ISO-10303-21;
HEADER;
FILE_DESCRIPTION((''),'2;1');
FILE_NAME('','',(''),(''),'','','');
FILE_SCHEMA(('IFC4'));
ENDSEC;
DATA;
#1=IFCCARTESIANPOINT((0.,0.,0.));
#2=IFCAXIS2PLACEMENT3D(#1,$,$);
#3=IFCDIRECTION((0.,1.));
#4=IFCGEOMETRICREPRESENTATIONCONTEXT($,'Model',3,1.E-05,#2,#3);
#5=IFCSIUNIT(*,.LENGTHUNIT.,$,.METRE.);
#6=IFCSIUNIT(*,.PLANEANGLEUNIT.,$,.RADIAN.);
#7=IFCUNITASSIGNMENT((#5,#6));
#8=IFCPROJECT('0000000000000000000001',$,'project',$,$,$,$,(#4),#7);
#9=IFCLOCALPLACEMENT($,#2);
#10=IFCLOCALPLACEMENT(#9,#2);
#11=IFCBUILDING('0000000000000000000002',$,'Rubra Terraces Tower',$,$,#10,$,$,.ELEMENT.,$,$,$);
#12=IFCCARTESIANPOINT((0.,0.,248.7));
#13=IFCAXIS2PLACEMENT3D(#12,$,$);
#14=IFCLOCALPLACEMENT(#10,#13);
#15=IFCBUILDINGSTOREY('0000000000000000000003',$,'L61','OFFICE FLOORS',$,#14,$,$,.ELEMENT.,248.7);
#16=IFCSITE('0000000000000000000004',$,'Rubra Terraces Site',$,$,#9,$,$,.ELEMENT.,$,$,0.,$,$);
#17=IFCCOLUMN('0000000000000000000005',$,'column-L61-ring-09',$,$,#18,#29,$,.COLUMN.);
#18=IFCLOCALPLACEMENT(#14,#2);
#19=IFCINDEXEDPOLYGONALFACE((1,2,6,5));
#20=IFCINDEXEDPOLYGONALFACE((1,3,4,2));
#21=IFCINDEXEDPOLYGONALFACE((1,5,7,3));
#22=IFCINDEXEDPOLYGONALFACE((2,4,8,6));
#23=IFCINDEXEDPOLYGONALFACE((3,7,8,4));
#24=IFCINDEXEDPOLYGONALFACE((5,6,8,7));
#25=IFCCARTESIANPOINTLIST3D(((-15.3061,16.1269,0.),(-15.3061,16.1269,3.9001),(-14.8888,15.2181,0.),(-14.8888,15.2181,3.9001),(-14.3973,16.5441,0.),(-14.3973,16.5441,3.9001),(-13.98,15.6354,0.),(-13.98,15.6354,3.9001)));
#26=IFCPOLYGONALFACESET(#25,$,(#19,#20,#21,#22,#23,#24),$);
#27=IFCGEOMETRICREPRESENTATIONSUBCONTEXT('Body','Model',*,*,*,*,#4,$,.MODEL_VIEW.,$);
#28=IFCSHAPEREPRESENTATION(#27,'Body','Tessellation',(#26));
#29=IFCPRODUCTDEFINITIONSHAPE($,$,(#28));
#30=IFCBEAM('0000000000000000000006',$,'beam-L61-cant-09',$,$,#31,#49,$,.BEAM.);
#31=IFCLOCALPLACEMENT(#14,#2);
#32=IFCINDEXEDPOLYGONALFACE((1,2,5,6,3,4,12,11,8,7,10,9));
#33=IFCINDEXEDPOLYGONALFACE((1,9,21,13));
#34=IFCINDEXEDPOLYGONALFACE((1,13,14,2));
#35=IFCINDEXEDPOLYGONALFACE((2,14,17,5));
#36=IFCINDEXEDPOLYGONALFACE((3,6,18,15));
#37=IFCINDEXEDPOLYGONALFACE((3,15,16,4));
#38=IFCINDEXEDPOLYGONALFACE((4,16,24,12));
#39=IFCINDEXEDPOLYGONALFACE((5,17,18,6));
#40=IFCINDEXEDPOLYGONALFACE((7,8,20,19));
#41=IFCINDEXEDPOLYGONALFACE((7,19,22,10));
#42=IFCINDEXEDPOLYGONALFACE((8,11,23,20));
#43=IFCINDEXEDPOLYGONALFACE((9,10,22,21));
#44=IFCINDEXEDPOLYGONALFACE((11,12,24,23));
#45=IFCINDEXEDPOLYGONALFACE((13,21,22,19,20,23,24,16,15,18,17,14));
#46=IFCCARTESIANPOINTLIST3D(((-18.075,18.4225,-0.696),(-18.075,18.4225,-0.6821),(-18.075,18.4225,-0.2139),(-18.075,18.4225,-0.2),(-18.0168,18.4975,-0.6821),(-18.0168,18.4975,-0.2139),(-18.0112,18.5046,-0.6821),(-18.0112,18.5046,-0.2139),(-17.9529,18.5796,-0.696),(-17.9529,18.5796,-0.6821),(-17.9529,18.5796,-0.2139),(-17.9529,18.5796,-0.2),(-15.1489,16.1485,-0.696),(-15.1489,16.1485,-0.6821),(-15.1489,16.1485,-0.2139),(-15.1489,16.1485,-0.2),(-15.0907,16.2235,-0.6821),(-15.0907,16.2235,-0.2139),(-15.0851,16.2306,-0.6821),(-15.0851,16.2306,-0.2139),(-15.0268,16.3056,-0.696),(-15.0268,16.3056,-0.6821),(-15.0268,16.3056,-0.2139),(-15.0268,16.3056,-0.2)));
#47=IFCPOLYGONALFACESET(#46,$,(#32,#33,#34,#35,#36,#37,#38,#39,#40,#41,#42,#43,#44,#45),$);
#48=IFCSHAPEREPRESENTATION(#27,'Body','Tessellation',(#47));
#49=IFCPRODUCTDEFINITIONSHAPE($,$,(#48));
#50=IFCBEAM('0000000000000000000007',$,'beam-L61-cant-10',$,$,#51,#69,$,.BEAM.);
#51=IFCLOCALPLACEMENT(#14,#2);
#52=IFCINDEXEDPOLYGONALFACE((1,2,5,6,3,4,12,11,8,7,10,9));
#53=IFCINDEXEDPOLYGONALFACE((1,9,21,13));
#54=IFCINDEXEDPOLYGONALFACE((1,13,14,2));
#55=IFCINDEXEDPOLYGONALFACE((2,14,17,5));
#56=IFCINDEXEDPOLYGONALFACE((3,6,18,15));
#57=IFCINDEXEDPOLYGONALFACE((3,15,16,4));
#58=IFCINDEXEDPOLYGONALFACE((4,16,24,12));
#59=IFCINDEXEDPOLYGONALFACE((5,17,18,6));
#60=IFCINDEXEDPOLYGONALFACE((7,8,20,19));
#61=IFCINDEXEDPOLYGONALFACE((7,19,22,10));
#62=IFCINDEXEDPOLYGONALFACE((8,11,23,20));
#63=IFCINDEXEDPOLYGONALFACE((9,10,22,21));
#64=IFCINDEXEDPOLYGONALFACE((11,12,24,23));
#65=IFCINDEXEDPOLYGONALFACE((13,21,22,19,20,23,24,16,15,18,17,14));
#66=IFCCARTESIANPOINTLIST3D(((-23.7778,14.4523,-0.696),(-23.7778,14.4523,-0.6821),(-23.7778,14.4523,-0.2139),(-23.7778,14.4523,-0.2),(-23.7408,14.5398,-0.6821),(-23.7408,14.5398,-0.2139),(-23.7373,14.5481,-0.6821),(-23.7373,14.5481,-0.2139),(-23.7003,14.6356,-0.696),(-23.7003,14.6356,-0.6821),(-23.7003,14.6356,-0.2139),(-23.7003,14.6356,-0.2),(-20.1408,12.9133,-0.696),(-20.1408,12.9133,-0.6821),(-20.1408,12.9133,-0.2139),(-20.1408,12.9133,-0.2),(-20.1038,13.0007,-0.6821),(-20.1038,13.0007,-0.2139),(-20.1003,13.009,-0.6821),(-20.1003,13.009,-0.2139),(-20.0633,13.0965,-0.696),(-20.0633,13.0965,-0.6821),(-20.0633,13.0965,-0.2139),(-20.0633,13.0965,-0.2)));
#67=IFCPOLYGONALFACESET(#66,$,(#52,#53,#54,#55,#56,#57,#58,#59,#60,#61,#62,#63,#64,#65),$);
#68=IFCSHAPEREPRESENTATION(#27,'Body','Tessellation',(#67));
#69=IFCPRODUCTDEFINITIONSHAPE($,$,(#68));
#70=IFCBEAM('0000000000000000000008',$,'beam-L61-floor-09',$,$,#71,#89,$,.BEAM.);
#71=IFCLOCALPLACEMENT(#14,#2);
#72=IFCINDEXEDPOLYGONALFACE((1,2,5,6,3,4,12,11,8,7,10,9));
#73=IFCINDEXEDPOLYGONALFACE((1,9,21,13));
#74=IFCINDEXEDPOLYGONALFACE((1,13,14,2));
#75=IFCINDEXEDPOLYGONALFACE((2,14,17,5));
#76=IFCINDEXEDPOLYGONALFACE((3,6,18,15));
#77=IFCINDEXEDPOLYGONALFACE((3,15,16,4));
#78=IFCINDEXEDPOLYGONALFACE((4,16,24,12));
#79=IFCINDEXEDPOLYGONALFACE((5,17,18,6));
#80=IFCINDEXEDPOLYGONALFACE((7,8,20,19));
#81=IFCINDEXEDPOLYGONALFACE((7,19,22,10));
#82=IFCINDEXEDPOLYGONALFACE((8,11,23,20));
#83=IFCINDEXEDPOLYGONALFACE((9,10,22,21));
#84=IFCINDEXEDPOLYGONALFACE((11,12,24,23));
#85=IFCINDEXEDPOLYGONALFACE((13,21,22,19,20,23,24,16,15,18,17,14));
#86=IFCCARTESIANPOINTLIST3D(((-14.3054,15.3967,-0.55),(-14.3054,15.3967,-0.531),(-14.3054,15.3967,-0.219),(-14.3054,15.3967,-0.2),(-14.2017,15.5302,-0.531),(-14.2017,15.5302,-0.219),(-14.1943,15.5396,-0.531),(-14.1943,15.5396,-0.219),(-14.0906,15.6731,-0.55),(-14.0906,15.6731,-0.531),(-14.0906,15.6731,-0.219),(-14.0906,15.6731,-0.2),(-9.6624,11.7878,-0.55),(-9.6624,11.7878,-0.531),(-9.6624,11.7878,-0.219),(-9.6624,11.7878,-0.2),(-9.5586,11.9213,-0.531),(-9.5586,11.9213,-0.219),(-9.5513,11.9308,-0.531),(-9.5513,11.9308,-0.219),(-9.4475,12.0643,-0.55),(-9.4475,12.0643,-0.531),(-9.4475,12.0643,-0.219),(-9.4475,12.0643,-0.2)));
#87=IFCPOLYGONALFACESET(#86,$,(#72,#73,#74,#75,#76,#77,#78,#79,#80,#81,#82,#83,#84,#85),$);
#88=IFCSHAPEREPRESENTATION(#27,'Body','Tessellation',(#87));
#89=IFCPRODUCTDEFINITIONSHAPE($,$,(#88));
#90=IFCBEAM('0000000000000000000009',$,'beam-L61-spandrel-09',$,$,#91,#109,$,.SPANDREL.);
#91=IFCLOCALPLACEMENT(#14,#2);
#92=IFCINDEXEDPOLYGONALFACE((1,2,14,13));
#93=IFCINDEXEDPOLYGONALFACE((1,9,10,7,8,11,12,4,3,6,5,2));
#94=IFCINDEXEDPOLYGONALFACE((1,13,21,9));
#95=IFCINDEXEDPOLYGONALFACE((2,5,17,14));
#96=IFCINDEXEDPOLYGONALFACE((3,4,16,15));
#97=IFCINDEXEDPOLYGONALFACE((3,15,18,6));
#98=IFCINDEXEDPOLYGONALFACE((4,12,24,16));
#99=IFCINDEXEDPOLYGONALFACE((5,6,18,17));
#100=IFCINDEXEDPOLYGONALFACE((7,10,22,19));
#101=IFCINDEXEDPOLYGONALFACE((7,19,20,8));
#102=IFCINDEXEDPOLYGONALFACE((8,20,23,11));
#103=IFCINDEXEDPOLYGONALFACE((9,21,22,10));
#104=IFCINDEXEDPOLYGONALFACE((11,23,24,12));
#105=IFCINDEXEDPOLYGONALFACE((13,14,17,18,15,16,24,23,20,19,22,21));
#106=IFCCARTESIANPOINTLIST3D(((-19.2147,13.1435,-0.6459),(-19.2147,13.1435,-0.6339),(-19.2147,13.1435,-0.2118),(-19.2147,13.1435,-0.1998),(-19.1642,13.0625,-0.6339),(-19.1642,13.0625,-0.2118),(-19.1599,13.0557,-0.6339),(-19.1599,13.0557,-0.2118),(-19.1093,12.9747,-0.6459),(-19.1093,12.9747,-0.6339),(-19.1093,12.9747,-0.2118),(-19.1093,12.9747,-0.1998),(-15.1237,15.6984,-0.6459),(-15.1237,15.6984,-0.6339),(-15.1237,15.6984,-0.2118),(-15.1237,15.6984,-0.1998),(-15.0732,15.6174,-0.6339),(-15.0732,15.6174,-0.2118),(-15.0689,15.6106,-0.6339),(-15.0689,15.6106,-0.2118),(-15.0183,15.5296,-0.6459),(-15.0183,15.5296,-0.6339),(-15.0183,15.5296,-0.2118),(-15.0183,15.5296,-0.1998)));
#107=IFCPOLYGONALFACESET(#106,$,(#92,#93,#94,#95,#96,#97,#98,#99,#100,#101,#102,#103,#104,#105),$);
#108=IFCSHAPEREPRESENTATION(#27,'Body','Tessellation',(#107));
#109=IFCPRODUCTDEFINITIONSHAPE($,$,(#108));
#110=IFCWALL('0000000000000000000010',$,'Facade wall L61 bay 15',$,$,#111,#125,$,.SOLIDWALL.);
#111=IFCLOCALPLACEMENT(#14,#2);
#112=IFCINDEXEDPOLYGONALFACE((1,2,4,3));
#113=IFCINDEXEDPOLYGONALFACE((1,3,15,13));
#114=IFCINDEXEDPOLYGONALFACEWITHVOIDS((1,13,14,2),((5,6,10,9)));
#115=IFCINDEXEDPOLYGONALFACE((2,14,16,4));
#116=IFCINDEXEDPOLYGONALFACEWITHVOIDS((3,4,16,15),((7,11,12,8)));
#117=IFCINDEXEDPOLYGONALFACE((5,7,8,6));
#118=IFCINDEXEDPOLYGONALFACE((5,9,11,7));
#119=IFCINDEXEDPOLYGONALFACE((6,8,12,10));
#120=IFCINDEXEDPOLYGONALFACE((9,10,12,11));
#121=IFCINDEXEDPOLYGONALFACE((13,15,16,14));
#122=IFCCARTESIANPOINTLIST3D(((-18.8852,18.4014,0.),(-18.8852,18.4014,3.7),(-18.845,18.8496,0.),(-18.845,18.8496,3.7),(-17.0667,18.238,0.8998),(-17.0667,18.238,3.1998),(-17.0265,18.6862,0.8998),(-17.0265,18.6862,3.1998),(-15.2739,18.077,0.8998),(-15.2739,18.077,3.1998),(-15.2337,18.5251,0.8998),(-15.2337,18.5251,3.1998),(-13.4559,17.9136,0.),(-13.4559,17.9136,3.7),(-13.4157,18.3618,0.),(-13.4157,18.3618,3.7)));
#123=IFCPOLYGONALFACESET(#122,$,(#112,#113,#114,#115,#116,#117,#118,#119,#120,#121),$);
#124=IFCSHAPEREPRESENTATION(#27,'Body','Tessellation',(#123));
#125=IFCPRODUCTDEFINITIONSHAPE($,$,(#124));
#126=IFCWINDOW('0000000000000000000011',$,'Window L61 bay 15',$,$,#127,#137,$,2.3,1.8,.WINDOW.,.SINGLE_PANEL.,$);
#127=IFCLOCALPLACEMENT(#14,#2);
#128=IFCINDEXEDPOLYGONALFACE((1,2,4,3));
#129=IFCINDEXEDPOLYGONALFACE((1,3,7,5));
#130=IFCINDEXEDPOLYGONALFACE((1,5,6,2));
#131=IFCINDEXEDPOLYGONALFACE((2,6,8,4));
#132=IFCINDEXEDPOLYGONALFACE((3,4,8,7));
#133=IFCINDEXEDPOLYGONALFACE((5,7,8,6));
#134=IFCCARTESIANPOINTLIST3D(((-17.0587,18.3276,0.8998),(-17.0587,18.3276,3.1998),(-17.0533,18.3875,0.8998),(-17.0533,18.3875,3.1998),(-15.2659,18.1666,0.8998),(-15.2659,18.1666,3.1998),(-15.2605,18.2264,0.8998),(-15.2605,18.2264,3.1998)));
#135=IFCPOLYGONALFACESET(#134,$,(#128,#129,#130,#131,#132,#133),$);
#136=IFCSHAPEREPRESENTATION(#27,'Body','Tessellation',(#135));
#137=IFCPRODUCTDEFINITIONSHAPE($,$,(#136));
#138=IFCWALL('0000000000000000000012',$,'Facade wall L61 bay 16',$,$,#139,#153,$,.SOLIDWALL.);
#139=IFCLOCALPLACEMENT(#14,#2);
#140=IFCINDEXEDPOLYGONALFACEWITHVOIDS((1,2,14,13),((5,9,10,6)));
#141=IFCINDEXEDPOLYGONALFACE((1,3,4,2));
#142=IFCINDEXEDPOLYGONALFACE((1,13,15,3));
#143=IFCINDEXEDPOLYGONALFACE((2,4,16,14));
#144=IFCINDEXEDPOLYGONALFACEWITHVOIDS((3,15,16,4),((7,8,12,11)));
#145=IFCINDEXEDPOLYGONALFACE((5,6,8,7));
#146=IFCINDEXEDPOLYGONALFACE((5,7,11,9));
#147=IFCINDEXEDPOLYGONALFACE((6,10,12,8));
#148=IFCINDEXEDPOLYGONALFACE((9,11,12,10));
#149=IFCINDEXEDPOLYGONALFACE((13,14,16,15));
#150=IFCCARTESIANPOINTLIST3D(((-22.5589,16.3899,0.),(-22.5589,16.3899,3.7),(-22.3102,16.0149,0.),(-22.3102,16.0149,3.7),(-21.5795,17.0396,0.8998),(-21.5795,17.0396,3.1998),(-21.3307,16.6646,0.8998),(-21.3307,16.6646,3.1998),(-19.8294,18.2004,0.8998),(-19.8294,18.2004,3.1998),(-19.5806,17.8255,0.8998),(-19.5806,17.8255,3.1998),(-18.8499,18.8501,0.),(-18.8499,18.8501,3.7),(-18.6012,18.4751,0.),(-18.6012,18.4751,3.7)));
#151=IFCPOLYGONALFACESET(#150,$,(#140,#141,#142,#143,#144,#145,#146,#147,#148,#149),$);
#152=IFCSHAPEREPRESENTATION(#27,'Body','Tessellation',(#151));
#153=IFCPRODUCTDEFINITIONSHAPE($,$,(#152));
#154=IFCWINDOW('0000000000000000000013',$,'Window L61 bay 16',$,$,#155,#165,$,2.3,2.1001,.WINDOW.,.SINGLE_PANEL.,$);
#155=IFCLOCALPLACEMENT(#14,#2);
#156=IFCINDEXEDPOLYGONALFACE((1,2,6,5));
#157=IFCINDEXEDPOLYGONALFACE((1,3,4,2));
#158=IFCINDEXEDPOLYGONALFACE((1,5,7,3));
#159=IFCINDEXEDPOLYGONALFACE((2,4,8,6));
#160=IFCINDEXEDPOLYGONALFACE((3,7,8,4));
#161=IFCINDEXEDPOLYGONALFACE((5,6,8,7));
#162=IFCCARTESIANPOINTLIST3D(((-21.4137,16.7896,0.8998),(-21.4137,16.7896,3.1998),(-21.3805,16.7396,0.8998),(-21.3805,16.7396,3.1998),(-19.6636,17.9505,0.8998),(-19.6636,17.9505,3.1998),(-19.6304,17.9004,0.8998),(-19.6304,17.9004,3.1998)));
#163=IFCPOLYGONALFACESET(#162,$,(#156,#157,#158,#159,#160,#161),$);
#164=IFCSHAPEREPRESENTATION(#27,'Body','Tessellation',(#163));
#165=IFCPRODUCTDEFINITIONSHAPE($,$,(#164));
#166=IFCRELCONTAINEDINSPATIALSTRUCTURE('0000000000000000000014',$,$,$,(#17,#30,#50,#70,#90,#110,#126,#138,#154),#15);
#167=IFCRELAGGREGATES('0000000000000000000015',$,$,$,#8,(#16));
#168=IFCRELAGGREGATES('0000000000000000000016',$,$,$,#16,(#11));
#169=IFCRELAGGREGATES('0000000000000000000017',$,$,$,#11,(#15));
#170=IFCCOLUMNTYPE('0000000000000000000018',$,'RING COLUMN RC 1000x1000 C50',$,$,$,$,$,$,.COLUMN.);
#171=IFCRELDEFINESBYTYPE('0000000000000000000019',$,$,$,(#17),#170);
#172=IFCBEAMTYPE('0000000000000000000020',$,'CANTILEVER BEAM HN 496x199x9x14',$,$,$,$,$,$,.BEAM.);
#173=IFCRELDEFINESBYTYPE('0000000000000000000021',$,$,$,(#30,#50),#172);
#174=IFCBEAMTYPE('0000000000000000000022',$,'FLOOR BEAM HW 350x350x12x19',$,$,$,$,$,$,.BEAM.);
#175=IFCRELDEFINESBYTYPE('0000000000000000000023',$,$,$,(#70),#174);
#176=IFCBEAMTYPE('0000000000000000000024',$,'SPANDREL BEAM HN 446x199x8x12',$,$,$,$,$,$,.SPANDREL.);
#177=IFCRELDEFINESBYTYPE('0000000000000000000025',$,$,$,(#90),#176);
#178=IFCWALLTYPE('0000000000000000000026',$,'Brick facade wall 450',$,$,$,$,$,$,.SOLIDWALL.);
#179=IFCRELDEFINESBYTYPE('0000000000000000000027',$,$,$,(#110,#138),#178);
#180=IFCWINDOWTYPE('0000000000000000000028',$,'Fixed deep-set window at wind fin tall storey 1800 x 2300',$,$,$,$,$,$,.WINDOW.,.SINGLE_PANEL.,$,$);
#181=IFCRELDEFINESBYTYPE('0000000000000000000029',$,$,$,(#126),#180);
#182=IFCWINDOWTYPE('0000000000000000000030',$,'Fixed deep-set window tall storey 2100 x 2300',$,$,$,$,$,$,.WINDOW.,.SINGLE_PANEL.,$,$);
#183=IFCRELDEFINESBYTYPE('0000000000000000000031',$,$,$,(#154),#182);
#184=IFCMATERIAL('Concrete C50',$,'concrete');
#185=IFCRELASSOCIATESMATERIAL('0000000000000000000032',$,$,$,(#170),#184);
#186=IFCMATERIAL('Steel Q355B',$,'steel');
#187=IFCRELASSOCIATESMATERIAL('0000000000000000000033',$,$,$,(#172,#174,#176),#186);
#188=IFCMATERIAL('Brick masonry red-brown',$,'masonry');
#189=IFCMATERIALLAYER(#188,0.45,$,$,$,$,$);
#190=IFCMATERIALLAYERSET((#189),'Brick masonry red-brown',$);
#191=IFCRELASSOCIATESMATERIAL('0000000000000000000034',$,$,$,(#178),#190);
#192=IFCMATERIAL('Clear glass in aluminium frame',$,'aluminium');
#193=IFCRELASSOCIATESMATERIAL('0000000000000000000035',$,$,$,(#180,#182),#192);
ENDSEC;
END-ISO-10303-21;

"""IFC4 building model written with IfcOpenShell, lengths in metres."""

from ifc_helpers import new_model, si_unit, direction, frame, frame_2d, origin, origin_2d, place, context, subcontext, project, spatial, rectangle, i_section, extrude, material, layer, layer_set, material_profile, profile_set, type_object, element, fill, save


model = new_model("IFC4")

# Units and contexts
model_context = context("Model", 3, precision=1e-05, world=origin(), true_north=direction((0.0, 1.0)))
body_context = subcontext(model_context, "Body", "Model", "MODEL_VIEW")
ifc_project = project(units=[si_unit("LENGTHUNIT", "METRE"), si_unit("PLANEANGLEUNIT", "RADIAN")], contexts=[model_context])

# Site, building, storey
site_placement = place(None, origin())
site = spatial("IfcSite", under=ifc_project, at=site_placement, Name="Rubra Terraces Site", CompositionType="ELEMENT", RefElevation=0.0)
building_placement = place(site_placement, origin())
building = spatial("IfcBuilding", under=site, at=building_placement, Name="Rubra Terraces Tower", CompositionType="ELEMENT")
storey_placement = place(building_placement, frame((0.0, 0.0, 248.7)))
storey = spatial("IfcBuildingStorey", under=building, at=storey_placement, Name="L61", Description="OFFICE FLOORS", CompositionType="ELEMENT", Elevation=248.7)

# Column
ifc_material_1 = material(Name="Concrete C50", Category="concrete")
ifc_material_profile_1 = material_profile(ifc_material_1, rectangle(XDim=1.0, YDim=1.0, at=origin_2d()), Name="RC 1000x1000")
ifc_profile_set_1 = profile_set([ifc_material_profile_1], Name="Concrete C50")
column_type = type_object("IfcColumnType", Name="RING COLUMN RC 1000x1000 C50", PredefinedType="COLUMN", material=ifc_profile_set_1)
column_placement = place(storey_placement, frame((-14.6431, 15.8811, 0.0), z_axis=(0.0, 0.0, 1.0), x_axis=(-0.908779, -0.417279, 0.0)))
element("IfcColumn", 1, at=column_placement, inside=storey, type_object=column_type, Name="column-L61-ring-09", PredefinedType="COLUMN", context=body_context, shape_type="SweptSolid", body=[
    extrude(rectangle(XDim=1.0, YDim=1.0, at=origin_2d()), origin(), (0.0, 0.0, 1.0), 3.9001),
])

# Beams
ifc_material_2 = material(Name="Steel Q355B", Category="steel")
ifc_material_profile_2 = material_profile(ifc_material_2, i_section(OverallWidth=0.199, OverallDepth=0.4961, WebThickness=0.009, FlangeThickness=0.0139, at=origin_2d()), Name="HN 496x199x9x14")
ifc_profile_set_2 = profile_set([ifc_material_profile_2], Name="Steel Q355B")
beam_type_1 = type_object("IfcBeamType", Name="CANTILEVER BEAM HN 496x199x9x14", PredefinedType="BEAM", material=ifc_profile_set_2)
beam_1_placement = place(storey_placement, frame((-15.0879, 16.2271, -0.448), z_axis=(-0.789597, 0.613626, 0.0), x_axis=(-0.613626, -0.789597, 0.0)))
element("IfcBeam", 2, at=beam_1_placement, inside=storey, type_object=beam_type_1, Name="beam-L61-cant-09", PredefinedType="BEAM", context=body_context, shape_type="SweptSolid", body=[
    extrude(i_section(OverallWidth=0.199, OverallDepth=0.4961, WebThickness=0.009, FlangeThickness=0.0139, at=origin_2d()), origin(), (0.0, 0.0, 1.0), 3.7058),
])
beam_2_placement = place(storey_placement, frame((-20.1021, 13.0049, -0.448), z_axis=(-0.920936, 0.389715, 0.0), x_axis=(-0.389715, -0.920936, 0.0)))
element("IfcBeam", 3, at=beam_2_placement, inside=storey, type_object=beam_type_1, Name="beam-L61-cant-10", PredefinedType="BEAM", context=body_context, shape_type="SweptSolid", body=[
    extrude(i_section(OverallWidth=0.199, OverallDepth=0.4961, WebThickness=0.009, FlangeThickness=0.0139, at=origin_2d()), origin(), (0.0, 0.0, 1.0), 3.9492),
])
ifc_material_profile_3 = material_profile(ifc_material_2, i_section(OverallWidth=0.3501, OverallDepth=0.3501, WebThickness=0.012, FlangeThickness=0.019, at=origin_2d()), Name="HW 350x350x12x19")
ifc_profile_set_3 = profile_set([ifc_material_profile_3], Name="Steel Q355B")
beam_type_2 = type_object("IfcBeamType", Name="FLOOR BEAM HW 350x350x12x19", PredefinedType="BEAM", material=ifc_profile_set_3)
beam_3_placement = place(storey_placement, frame((-14.198, 15.5349, -0.375), z_axis=(0.789549, -0.613688, 0.0), x_axis=(0.613688, 0.789549, 0.0)))
element("IfcBeam", 4, at=beam_3_placement, inside=storey, type_object=beam_type_2, Name="beam-L61-floor-09", PredefinedType="BEAM", context=body_context, shape_type="SweptSolid", body=[
    extrude(i_section(OverallWidth=0.3501, OverallDepth=0.3501, WebThickness=0.012, FlangeThickness=0.019, at=origin_2d()), origin(), (0.0, 0.0, 1.0), 5.8806),
])
ifc_material_profile_4 = material_profile(ifc_material_2, i_section(OverallWidth=0.199, OverallDepth=0.446, WebThickness=0.0081, FlangeThickness=0.012, at=origin_2d()), Name="HN 446x199x8x12")
ifc_profile_set_4 = profile_set([ifc_material_profile_4], Name="Steel Q355B")
beam_type_3 = type_object("IfcBeamType", Name="SPANDREL BEAM HN 446x199x8x12", PredefinedType="SPANDREL", material=ifc_profile_set_4)
beam_4_placement = place(storey_placement, frame((-15.071, 15.614, -0.4229), z_axis=(-0.848183, -0.529703, 0.0), x_axis=(0.529703, -0.848183, 0.0)))
element("IfcBeam", 5, at=beam_4_placement, inside=storey, type_object=beam_type_3, Name="beam-L61-spandrel-09", PredefinedType="SPANDREL", context=body_context, shape_type="SweptSolid", body=[
    extrude(i_section(OverallWidth=0.199, OverallDepth=0.446, WebThickness=0.0081, FlangeThickness=0.012, at=origin_2d()), origin(), (0.0, 0.0, 1.0), 4.8232),
])

# Walls, openings, windows
ifc_material_3 = material(Name="Brick masonry red-brown", Category="masonry")
ifc_layer_1 = layer(ifc_material_3, 0.45)
ifc_layer_set_1 = layer_set([ifc_layer_1], Name="Brick masonry red-brown")
wall_type_1 = type_object("IfcWallType", Name="Brick facade wall 450", PredefinedType="SOLIDWALL", material=ifc_layer_set_1)
wall_1_placement = place(storey_placement, frame((-13.4358, 18.1377, 0.0), z_axis=(0.0, 0.0, 1.0), x_axis=(-0.995988, 0.089486, 0.0)))
wall_1 = element("IfcWall", 6, at=wall_1_placement, inside=storey, type_object=wall_type_1, Name="Facade wall L61 bay 15", PredefinedType="SOLIDWALL", context=body_context, shape_type="SweptSolid", body=[
    extrude(rectangle(XDim=5.4512, YDim=0.45, at=frame_2d((2.7256, 0.0))), origin(), (0.0, 0.0, 1.0), 3.7),
])
opening_1_placement = place(wall_1_placement, frame((1.8254, 0.0, 0.8999)))
opening_1 = element("IfcOpeningElement", 7, at=opening_1_placement, cuts=wall_1, PredefinedType="OPENING", context=body_context, shape_type="SweptSolid", body=[
    extrude(rectangle(XDim=1.8, YDim=2.3, at=frame_2d((0.8999, 1.1499))), frame((0.0, 0.2349, 0.0), z_axis=(0.0, -1.0, 0.0), x_axis=(1.0, 0.0, 0.0)), (0.0, 0.0, 1.0), 0.47),
])
ifc_material_4 = material(Name="Clear glass in aluminium frame", Category="aluminium")
window_type_1 = type_object("IfcWindowType", Name="Fixed deep-set window at wind fin tall storey 1800 x 2300", PartitioningType="SINGLE_PANEL", PredefinedType="WINDOW", material=ifc_material_4)
window_1_placement = place(opening_1_placement, origin())
window_1 = element("IfcWindow", 8, at=window_1_placement, inside=storey, type_object=window_type_1, Name="Window L61 bay 15", OverallHeight=2.3, OverallWidth=1.8, PartitioningType="SINGLE_PANEL", PredefinedType="WINDOW", context=body_context, shape_type="SweptSolid", body=[
    extrude(rectangle(XDim=1.8, YDim=2.3, at=frame_2d((0.8999, 1.1499))), frame((0.0, 0.135, 0.0), z_axis=(0.0, -1.0, 0.0), x_axis=(1.0, 0.0, 0.0)), (0.0, 0.0, 1.0), 0.0601),
])
fill(opening_1, window_1)
wall_2_placement = place(storey_placement, frame((-18.7256, 18.6626, 0.0), z_axis=(0.0, 0.0, 1.0), x_axis=(-0.833339, -0.552762, 0.0)))
wall_2 = element("IfcWall", 9, at=wall_2_placement, inside=storey, type_object=wall_type_1, Name="Facade wall L61 bay 16", PredefinedType="SOLIDWALL", context=body_context, shape_type="SweptSolid", body=[
    extrude(rectangle(XDim=4.4507, YDim=0.45, at=frame_2d((2.2253, 0.0))), origin(), (0.0, 0.0, 1.0), 3.7),
])
opening_2_placement = place(wall_2_placement, frame((1.1753, 0.0, 0.8999)))
opening_2 = element("IfcOpeningElement", 10, at=opening_2_placement, cuts=wall_2, PredefinedType="OPENING", context=body_context, shape_type="SweptSolid", body=[
    extrude(rectangle(XDim=2.1001, YDim=2.3, at=frame_2d((1.05, 1.1499))), frame((0.0, 0.2349, 0.0), z_axis=(0.0, -1.0, 0.0), x_axis=(1.0, 0.0, 0.0)), (0.0, 0.0, 1.0), 0.47),
])
window_type_2 = type_object("IfcWindowType", Name="Fixed deep-set window tall storey 2100 x 2300", PartitioningType="SINGLE_PANEL", PredefinedType="WINDOW", material=ifc_material_4)
window_2_placement = place(opening_2_placement, origin())
window_2 = element("IfcWindow", 11, at=window_2_placement, inside=storey, type_object=window_type_2, Name="Window L61 bay 16", OverallHeight=2.3, OverallWidth=2.1001, PartitioningType="SINGLE_PANEL", PredefinedType="WINDOW", context=body_context, shape_type="SweptSolid", body=[
    extrude(rectangle(XDim=2.1001, YDim=2.3, at=frame_2d((1.05, 1.1499))), frame((0.0, 0.135, 0.0), z_axis=(0.0, -1.0, 0.0), x_axis=(1.0, 0.0, 0.0)), (0.0, 0.0, 1.0), 0.0601),
])
fill(opening_2, window_2)

save(model, "model.ifc")
